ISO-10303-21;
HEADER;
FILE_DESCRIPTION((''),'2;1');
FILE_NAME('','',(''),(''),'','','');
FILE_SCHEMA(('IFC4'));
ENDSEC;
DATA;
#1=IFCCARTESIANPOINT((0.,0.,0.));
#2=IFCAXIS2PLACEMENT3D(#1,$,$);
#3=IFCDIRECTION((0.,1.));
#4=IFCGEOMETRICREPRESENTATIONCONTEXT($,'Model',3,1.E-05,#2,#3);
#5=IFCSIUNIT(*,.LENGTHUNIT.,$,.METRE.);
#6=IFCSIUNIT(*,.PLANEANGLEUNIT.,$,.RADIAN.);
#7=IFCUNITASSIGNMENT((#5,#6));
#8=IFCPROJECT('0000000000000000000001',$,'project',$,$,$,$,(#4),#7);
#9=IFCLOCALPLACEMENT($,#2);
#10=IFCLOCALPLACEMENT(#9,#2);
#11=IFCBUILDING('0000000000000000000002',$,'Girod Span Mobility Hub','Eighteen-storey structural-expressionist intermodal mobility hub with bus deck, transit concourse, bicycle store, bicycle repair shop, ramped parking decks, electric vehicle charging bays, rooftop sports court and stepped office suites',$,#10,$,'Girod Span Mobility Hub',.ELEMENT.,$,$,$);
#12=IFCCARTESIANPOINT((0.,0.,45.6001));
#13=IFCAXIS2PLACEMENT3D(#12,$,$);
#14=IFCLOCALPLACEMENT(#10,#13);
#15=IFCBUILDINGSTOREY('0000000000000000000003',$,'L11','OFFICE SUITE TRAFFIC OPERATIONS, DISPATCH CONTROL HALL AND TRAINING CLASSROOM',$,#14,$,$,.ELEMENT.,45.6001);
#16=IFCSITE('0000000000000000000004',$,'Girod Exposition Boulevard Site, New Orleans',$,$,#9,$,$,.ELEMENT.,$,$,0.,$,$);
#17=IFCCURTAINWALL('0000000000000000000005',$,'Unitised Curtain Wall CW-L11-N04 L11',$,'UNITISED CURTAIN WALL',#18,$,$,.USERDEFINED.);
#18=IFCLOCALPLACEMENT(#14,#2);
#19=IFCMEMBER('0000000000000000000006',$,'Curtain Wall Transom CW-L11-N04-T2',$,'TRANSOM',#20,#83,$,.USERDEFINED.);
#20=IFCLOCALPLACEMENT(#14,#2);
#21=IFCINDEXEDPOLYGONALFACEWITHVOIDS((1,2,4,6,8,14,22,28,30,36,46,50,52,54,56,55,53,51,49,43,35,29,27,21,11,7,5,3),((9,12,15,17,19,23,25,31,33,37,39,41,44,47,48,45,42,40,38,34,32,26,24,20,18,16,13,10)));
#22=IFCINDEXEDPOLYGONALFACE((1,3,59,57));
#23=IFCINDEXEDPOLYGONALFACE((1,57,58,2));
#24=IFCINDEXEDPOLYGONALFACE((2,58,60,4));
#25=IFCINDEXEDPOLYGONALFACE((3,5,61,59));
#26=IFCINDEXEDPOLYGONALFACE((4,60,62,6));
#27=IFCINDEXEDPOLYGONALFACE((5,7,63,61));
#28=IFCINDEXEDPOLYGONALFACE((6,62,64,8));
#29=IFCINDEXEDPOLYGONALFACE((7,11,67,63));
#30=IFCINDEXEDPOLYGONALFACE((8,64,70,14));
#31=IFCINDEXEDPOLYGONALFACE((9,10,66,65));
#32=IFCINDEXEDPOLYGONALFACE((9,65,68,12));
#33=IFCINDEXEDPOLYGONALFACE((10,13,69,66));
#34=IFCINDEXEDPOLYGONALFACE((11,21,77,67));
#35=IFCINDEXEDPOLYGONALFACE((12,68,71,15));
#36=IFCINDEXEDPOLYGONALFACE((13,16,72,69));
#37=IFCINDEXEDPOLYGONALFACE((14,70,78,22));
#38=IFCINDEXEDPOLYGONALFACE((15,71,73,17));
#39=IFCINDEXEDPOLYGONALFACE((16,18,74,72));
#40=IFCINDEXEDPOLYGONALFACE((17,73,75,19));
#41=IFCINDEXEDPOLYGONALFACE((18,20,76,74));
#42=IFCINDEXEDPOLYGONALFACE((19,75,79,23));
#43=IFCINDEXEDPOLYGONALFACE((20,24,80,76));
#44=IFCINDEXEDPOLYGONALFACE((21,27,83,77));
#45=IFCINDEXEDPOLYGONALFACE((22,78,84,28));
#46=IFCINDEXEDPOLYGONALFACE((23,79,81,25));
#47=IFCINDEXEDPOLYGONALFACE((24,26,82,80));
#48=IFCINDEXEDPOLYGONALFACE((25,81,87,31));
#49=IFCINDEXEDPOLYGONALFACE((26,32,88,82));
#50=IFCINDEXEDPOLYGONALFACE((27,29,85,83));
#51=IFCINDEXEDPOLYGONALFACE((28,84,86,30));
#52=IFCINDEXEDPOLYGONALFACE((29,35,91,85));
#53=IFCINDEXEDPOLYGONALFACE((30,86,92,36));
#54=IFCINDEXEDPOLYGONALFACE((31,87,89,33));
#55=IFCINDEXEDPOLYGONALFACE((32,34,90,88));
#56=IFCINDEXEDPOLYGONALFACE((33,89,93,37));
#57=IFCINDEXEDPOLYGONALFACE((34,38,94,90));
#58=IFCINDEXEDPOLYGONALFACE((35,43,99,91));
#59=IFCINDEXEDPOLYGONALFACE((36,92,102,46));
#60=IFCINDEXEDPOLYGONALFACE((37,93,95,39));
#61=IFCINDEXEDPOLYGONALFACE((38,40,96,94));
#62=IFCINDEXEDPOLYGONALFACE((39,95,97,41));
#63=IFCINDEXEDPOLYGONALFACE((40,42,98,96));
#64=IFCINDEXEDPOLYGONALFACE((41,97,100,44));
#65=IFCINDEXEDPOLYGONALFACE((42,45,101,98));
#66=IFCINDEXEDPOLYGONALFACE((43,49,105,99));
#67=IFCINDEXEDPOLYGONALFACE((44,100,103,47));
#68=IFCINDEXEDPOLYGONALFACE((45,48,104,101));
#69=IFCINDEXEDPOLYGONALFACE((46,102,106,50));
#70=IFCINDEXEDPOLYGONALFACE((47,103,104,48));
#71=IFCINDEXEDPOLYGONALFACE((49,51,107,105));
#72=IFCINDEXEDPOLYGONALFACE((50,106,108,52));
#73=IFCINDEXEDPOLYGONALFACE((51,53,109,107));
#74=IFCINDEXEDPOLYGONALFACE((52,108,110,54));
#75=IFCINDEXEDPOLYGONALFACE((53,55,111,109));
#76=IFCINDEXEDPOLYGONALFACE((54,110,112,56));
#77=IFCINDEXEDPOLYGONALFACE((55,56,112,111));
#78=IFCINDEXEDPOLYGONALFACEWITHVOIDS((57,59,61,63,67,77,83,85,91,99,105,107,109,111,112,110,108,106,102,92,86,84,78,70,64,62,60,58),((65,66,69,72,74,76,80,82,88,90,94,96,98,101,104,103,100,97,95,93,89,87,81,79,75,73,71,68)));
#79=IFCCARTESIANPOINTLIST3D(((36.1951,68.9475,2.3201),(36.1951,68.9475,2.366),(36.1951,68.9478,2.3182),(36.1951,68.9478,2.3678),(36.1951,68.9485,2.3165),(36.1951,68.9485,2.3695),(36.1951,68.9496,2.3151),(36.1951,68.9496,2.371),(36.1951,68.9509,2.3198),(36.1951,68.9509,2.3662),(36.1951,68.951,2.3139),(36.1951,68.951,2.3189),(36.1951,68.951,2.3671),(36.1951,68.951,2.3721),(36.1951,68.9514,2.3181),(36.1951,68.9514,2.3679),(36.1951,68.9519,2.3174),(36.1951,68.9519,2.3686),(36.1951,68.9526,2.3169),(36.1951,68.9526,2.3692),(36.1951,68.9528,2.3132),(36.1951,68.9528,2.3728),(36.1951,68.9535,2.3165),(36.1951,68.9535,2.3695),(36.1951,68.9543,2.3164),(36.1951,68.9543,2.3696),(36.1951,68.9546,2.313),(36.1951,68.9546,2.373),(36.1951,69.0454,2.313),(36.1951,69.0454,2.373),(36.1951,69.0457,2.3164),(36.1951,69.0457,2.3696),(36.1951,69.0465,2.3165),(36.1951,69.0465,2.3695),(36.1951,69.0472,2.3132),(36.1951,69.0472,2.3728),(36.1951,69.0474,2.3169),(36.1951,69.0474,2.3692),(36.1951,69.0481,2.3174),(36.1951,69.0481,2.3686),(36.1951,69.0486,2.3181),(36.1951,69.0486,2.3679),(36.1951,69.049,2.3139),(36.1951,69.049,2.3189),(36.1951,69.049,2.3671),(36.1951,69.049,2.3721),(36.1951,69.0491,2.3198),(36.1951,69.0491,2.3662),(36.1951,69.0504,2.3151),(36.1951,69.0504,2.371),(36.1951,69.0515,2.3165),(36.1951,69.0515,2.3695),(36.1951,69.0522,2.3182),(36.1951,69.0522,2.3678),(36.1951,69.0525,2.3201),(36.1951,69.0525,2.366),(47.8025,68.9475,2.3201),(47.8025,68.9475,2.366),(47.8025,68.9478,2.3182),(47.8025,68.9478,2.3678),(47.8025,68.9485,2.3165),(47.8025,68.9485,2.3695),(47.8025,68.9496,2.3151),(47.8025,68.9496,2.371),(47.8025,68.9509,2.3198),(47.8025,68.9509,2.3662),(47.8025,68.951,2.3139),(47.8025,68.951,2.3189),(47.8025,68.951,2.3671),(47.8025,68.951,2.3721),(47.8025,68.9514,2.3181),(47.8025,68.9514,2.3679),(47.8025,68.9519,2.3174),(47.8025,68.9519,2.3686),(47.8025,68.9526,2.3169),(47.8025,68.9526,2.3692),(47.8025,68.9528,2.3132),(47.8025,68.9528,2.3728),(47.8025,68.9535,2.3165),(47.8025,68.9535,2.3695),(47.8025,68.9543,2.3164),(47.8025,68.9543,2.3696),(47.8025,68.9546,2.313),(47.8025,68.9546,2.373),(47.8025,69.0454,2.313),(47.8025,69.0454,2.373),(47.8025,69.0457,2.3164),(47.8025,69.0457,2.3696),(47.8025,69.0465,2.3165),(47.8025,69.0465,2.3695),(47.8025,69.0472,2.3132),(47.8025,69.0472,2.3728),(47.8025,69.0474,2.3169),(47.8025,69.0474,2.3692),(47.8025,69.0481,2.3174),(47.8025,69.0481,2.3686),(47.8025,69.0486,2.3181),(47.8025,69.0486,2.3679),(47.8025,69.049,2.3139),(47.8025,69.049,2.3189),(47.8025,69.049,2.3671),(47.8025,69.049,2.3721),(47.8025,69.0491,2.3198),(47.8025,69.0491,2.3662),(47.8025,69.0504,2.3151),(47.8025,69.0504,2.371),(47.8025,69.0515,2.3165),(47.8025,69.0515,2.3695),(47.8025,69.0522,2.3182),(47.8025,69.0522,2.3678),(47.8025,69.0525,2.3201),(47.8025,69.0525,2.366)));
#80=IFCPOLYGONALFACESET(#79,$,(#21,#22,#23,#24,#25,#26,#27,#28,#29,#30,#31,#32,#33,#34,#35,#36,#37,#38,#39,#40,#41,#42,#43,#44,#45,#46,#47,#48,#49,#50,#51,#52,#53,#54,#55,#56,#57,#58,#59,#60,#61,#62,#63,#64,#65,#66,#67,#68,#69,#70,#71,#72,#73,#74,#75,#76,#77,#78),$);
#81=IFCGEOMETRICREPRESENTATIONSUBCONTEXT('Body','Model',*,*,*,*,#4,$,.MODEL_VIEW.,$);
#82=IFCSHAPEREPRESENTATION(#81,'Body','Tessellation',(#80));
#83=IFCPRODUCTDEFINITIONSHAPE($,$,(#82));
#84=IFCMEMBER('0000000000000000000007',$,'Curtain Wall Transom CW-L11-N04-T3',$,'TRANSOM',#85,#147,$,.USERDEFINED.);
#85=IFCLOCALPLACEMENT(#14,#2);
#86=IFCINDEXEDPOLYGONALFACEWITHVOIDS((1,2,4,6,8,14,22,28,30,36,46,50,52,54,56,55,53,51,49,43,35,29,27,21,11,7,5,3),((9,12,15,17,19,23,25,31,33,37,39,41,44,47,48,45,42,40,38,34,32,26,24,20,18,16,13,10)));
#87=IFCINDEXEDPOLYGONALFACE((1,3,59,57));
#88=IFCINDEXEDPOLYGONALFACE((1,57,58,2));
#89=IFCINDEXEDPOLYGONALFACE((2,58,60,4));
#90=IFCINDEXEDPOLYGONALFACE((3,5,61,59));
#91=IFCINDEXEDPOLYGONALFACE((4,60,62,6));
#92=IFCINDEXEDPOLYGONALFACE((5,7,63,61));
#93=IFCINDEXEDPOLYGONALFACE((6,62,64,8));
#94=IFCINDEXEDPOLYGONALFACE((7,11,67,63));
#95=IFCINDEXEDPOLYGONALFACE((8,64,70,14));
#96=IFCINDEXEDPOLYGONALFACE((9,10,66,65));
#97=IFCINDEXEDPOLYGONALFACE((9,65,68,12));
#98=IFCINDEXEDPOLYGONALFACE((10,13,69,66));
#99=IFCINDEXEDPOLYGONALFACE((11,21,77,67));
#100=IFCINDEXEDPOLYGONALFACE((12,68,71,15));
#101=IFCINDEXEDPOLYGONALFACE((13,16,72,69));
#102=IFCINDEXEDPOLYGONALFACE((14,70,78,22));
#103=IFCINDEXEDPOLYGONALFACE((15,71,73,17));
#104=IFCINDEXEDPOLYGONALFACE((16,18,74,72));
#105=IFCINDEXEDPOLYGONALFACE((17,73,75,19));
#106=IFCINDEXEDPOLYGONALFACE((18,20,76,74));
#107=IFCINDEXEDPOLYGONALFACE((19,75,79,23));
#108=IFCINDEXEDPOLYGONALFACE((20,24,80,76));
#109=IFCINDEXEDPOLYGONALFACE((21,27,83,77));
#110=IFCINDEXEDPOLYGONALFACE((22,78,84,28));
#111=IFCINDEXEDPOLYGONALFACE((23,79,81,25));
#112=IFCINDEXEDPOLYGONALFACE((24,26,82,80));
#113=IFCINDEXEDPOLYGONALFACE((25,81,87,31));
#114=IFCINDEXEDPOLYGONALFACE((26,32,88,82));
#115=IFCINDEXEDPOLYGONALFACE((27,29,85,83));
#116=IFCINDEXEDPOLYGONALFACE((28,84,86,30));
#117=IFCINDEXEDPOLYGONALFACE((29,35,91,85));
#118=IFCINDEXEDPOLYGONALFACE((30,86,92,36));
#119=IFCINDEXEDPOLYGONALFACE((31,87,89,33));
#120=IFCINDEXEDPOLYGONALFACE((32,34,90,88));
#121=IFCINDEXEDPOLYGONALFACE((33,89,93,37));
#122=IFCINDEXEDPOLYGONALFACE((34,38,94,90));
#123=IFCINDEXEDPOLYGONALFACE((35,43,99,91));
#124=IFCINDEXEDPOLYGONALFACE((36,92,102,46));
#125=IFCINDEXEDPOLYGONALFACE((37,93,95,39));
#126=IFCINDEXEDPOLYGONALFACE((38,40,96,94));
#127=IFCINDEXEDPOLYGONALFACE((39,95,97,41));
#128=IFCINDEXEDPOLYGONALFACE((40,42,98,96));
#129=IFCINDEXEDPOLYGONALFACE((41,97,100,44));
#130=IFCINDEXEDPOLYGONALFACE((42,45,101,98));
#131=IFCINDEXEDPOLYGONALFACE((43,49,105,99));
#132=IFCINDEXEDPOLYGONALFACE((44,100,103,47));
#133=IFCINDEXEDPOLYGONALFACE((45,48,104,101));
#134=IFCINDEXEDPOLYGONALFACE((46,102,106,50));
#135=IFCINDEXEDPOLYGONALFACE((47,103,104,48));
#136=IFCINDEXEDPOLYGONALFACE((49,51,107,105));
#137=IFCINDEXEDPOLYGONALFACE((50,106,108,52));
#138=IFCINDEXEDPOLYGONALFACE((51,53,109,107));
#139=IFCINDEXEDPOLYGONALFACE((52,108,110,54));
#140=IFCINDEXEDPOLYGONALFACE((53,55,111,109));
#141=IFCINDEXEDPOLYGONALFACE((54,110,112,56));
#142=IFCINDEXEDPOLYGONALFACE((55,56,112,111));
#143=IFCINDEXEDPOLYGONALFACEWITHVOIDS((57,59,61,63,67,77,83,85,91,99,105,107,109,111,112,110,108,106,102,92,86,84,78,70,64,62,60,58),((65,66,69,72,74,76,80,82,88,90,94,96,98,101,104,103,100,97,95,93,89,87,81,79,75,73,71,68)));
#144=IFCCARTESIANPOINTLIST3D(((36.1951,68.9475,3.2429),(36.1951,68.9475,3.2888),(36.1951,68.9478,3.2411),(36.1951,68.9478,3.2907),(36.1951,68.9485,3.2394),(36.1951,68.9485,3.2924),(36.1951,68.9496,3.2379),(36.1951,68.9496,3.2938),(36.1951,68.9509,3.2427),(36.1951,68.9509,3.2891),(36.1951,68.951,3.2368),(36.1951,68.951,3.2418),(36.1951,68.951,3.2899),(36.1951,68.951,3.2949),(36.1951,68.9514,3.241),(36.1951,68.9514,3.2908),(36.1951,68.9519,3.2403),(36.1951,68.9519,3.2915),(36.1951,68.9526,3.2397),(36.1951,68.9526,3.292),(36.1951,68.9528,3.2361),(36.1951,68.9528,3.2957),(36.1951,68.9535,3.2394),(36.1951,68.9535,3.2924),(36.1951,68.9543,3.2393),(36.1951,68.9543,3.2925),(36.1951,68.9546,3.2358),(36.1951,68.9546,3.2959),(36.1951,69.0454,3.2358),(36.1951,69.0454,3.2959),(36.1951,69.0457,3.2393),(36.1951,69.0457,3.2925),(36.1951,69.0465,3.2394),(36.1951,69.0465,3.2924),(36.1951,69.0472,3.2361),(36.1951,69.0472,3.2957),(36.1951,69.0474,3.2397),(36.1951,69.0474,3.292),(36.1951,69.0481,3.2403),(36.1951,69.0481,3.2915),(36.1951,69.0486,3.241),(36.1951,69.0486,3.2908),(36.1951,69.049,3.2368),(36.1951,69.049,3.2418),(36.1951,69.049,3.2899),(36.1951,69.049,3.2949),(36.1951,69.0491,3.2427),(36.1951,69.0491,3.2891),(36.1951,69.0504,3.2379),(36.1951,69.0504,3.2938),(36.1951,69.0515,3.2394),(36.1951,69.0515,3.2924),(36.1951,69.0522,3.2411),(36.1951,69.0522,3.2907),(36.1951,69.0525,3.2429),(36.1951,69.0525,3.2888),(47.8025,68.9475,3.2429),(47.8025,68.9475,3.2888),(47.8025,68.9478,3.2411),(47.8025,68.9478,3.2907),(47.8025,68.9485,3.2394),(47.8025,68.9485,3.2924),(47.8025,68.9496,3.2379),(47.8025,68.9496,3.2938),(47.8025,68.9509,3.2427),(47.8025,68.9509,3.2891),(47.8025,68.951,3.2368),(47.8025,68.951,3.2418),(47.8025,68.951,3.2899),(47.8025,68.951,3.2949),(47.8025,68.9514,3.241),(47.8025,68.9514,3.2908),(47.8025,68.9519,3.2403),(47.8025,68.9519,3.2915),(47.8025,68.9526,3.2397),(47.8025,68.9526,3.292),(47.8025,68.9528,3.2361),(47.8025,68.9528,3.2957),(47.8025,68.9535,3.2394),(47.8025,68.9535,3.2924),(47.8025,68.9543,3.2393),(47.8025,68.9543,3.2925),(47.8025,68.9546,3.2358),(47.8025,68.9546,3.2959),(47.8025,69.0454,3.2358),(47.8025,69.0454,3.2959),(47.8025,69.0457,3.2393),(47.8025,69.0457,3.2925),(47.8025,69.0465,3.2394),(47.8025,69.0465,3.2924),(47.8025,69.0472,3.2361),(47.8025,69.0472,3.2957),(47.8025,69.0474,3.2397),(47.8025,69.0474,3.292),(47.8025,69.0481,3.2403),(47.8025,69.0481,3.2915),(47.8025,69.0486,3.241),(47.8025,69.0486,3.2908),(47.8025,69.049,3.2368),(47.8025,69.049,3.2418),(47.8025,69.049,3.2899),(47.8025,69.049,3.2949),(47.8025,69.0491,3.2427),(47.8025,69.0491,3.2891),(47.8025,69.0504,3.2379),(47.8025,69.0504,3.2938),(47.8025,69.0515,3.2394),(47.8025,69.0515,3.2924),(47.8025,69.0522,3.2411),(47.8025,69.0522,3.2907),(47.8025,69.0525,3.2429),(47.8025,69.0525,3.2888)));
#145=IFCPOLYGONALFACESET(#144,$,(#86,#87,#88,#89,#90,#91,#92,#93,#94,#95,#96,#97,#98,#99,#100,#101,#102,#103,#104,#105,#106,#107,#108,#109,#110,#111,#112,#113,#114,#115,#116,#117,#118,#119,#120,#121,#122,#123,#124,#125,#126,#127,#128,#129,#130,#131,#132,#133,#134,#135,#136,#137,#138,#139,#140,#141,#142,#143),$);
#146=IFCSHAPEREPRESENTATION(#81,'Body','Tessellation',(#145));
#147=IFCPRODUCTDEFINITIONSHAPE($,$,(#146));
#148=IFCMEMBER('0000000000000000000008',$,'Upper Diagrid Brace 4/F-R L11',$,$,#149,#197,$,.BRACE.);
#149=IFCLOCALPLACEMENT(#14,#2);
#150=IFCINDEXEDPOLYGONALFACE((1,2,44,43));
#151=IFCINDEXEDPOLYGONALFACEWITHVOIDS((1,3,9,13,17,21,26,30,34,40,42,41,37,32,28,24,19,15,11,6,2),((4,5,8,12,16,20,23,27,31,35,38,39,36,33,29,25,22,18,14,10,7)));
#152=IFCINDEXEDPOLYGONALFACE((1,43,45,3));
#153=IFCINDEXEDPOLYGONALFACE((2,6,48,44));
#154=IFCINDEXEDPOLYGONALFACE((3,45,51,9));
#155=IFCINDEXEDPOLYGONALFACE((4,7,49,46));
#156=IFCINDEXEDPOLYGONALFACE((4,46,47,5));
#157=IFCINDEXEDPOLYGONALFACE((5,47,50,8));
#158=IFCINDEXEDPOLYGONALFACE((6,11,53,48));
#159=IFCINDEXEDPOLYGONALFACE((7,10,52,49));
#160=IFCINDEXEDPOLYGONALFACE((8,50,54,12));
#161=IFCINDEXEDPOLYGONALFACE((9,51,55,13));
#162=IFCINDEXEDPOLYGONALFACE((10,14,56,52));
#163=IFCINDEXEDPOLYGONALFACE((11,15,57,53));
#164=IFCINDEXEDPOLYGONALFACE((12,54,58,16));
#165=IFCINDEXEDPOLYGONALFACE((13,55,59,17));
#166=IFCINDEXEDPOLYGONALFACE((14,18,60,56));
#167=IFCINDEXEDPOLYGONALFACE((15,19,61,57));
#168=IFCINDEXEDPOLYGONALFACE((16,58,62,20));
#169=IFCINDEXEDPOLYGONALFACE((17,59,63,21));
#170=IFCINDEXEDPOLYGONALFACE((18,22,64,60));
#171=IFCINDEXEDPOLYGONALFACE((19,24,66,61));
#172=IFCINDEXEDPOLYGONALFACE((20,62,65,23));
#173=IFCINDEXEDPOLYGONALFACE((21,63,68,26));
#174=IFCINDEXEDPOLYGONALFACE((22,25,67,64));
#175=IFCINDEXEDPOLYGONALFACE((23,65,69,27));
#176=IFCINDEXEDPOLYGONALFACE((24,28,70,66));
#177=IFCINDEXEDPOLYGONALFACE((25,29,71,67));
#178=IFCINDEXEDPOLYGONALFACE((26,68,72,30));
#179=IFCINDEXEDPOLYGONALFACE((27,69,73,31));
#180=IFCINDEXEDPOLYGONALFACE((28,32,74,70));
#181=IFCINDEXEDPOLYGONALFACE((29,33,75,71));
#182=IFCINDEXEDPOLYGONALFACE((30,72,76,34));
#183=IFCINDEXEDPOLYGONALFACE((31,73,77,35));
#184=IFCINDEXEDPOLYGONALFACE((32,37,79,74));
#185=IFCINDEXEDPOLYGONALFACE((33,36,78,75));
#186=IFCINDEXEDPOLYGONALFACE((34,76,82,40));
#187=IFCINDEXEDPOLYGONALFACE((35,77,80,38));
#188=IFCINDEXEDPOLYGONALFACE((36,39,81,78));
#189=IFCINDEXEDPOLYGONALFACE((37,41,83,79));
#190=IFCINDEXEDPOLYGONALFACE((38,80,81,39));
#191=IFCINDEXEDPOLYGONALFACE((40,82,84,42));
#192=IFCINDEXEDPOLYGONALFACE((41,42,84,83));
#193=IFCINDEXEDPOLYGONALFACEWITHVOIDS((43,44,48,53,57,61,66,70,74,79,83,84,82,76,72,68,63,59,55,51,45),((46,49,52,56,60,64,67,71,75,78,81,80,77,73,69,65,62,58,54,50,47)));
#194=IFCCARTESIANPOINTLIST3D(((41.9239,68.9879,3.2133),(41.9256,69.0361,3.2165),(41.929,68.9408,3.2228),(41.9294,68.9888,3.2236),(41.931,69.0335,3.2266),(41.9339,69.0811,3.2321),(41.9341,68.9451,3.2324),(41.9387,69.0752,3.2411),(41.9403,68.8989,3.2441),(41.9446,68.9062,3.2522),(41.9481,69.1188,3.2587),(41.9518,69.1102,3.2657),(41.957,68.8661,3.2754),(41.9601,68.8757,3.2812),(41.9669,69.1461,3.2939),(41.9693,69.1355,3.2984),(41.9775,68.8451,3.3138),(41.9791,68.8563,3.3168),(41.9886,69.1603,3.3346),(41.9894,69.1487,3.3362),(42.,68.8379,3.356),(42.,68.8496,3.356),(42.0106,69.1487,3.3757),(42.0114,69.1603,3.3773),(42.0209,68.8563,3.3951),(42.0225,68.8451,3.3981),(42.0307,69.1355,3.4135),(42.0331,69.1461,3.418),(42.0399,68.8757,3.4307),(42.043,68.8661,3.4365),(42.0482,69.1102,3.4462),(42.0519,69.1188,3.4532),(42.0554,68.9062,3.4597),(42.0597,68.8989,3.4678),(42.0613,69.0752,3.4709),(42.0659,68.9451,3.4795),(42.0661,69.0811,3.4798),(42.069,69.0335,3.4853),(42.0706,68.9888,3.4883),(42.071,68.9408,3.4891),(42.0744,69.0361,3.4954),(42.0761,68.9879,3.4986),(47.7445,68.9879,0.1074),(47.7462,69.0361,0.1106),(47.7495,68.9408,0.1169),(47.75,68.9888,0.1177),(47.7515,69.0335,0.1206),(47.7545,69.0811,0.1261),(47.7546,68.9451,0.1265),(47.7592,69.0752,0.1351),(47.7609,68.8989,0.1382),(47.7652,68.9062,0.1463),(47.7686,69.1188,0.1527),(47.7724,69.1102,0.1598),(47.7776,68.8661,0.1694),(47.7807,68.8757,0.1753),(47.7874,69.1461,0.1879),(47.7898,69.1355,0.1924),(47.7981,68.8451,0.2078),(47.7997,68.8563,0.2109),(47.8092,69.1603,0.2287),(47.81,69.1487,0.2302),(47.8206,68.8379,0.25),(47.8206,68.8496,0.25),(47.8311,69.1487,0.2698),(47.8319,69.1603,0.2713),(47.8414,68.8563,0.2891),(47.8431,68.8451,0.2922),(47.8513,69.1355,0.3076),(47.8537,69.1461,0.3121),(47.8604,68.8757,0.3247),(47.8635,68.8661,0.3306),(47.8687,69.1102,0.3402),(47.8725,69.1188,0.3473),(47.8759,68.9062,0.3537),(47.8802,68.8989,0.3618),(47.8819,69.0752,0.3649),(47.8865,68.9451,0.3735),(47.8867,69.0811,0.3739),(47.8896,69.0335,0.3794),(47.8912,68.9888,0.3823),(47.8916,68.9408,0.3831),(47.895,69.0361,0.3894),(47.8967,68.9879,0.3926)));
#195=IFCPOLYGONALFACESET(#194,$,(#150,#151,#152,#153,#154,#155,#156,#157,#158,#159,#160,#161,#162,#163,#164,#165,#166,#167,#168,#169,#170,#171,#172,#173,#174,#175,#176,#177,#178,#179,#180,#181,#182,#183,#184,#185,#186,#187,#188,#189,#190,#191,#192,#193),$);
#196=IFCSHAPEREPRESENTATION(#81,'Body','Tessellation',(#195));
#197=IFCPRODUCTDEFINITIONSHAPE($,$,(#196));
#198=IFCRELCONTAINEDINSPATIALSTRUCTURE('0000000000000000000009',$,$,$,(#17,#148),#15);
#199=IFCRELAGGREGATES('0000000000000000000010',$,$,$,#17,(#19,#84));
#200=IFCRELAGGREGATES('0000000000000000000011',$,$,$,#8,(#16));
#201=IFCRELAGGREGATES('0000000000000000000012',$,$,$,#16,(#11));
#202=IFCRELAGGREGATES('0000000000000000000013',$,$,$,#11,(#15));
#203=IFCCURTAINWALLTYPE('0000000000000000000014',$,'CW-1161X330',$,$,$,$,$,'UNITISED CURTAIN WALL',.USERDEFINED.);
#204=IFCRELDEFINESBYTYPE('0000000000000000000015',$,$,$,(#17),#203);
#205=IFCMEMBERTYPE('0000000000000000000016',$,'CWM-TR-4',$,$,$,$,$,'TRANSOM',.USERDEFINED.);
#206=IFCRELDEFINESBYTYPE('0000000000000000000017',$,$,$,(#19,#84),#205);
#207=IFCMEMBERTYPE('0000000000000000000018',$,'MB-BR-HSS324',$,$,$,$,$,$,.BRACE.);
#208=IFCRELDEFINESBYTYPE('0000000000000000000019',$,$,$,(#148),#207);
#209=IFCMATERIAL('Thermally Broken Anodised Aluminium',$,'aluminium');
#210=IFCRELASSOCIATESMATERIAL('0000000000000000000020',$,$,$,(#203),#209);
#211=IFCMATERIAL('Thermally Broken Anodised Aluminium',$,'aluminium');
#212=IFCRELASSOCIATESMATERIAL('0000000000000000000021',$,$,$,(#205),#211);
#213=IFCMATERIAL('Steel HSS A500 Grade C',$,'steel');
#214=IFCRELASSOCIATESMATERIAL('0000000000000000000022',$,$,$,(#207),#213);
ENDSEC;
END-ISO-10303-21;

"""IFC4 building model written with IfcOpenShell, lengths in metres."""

from ifc_helpers import new_model, si_unit, direction, frame, origin, origin_2d, place, context, subcontext, project, spatial, hollow_rectangle, hollow_circle, extrude, material, material_profile, profile_set, type_object, element, aggregate, save


model = new_model("IFC4")

# Units and contexts
model_context = context("Model", 3, precision=1e-05, world=origin(), true_north=direction((0.0, 1.0)))
body_context = subcontext(model_context, "Body", "Model", "MODEL_VIEW")
ifc_project = project(units=[si_unit("LENGTHUNIT", "METRE"), si_unit("PLANEANGLEUNIT", "RADIAN")], contexts=[model_context])

# Site, building, storey
site_placement = place(None, origin())
site = spatial("IfcSite", under=ifc_project, at=site_placement, Name="Girod Exposition Boulevard Site, New Orleans", CompositionType="ELEMENT", RefElevation=0.0)
building_placement = place(site_placement, origin())
building = spatial("IfcBuilding", under=site, at=building_placement, Name="Girod Span Mobility Hub", Description="Eighteen-storey structural-expressionist intermodal mobility hub with bus deck, transit concourse, bicycle store, bicycle repair shop, ramped parking decks, electric vehicle charging bays, rooftop sports court and stepped office suites", LongName="Girod Span Mobility Hub", CompositionType="ELEMENT")
storey_placement = place(building_placement, frame((0.0, 0.0, 45.6001)))
storey = spatial("IfcBuildingStorey", under=building, at=storey_placement, Name="L11", Description="OFFICE SUITE TRAFFIC OPERATIONS, DISPATCH CONTROL HALL AND TRAINING CLASSROOM", CompositionType="ELEMENT", Elevation=45.6001)

# Curtain wall, members
ifc_material_1 = material(Name="Thermally Broken Anodised Aluminium", Category="aluminium")
curtain_wall_type = type_object("IfcCurtainWallType", Name="CW-1161X330", ElementType="UNITISED CURTAIN WALL", PredefinedType="USERDEFINED", material=ifc_material_1)
curtain_wall_placement = place(storey_placement, origin())
curtain_wall = element("IfcCurtainWall", 1, at=curtain_wall_placement, inside=storey, type_object=curtain_wall_type, Name="Unitised Curtain Wall CW-L11-N04 L11", ObjectType="UNITISED CURTAIN WALL", PredefinedType="USERDEFINED")
ifc_material_2 = material(Name="Thermally Broken Anodised Aluminium", Category="aluminium")
ifc_material_profile_1 = material_profile(ifc_material_2, hollow_rectangle(XDim=0.105, YDim=0.0601, WallThickness=0.0034, InnerFilletRadius=0.0034, OuterFilletRadius=0.0071, at=origin_2d()), Name="CW-TR-60X105")
ifc_profile_set_1 = profile_set([ifc_material_profile_1], Name="Thermally Broken Anodised Aluminium")
member_type_1 = type_object("IfcMemberType", Name="CWM-TR-4", ElementType="TRANSOM", PredefinedType="USERDEFINED", material=ifc_profile_set_1)
member_1_placement = place(storey_placement, frame((36.1951, 69.0, 2.343), z_axis=(1.0, 0.0, 0.0), x_axis=(0.0, 1.0, 0.0)))
member_1 = element("IfcMember", 2, at=member_1_placement, type_object=member_type_1, Name="Curtain Wall Transom CW-L11-N04-T2", ObjectType="TRANSOM", PredefinedType="USERDEFINED", context=body_context, shape_type="SweptSolid", body=[
    extrude(hollow_rectangle(XDim=0.105, YDim=0.0601, WallThickness=0.0034, InnerFilletRadius=0.0034, OuterFilletRadius=0.0071, at=origin_2d()), origin(), (0.0, 0.0, 1.0), 11.6074),
])
member_2_placement = place(storey_placement, frame((36.1951, 69.0, 3.2659), z_axis=(1.0, 0.0, 0.0), x_axis=(0.0, 1.0, 0.0)))
member_2 = element("IfcMember", 3, at=member_2_placement, type_object=member_type_1, Name="Curtain Wall Transom CW-L11-N04-T3", ObjectType="TRANSOM", PredefinedType="USERDEFINED", context=body_context, shape_type="SweptSolid", body=[
    extrude(hollow_rectangle(XDim=0.105, YDim=0.0601, WallThickness=0.0034, InnerFilletRadius=0.0034, OuterFilletRadius=0.0071, at=origin_2d()), origin(), (0.0, 0.0, 1.0), 11.6074),
])

# Member
ifc_material_3 = material(Name="Steel HSS A500 Grade C", Category="steel")
ifc_material_profile_2 = material_profile(ifc_material_3, hollow_circle(Radius=0.1621, WallThickness=0.0117, at=origin_2d()), Name="HSS324X12.7")
ifc_profile_set_2 = profile_set([ifc_material_profile_2], Name="Steel HSS A500 Grade C")
member_type_2 = type_object("IfcMemberType", Name="MB-BR-HSS324", PredefinedType="BRACE", material=ifc_profile_set_2)
member_3_placement = place(storey_placement, frame((47.8206, 69.0, 0.25), z_axis=(-0.882248, 0.0, 0.470784), x_axis=(0.0, -1.0, 0.0)))
element("IfcMember", 4, at=member_3_placement, inside=storey, type_object=member_type_2, Name="Upper Diagrid Brace 4/F-R L11", PredefinedType="BRACE", context=body_context, shape_type="SweptSolid", body=[
    extrude(hollow_circle(Radius=0.1621, WallThickness=0.0117, at=origin_2d()), origin(), (0.0, 0.0, 1.0), 6.5974),
])

aggregate(curtain_wall, [member_1, member_2])

save(model, "model.ifc")
